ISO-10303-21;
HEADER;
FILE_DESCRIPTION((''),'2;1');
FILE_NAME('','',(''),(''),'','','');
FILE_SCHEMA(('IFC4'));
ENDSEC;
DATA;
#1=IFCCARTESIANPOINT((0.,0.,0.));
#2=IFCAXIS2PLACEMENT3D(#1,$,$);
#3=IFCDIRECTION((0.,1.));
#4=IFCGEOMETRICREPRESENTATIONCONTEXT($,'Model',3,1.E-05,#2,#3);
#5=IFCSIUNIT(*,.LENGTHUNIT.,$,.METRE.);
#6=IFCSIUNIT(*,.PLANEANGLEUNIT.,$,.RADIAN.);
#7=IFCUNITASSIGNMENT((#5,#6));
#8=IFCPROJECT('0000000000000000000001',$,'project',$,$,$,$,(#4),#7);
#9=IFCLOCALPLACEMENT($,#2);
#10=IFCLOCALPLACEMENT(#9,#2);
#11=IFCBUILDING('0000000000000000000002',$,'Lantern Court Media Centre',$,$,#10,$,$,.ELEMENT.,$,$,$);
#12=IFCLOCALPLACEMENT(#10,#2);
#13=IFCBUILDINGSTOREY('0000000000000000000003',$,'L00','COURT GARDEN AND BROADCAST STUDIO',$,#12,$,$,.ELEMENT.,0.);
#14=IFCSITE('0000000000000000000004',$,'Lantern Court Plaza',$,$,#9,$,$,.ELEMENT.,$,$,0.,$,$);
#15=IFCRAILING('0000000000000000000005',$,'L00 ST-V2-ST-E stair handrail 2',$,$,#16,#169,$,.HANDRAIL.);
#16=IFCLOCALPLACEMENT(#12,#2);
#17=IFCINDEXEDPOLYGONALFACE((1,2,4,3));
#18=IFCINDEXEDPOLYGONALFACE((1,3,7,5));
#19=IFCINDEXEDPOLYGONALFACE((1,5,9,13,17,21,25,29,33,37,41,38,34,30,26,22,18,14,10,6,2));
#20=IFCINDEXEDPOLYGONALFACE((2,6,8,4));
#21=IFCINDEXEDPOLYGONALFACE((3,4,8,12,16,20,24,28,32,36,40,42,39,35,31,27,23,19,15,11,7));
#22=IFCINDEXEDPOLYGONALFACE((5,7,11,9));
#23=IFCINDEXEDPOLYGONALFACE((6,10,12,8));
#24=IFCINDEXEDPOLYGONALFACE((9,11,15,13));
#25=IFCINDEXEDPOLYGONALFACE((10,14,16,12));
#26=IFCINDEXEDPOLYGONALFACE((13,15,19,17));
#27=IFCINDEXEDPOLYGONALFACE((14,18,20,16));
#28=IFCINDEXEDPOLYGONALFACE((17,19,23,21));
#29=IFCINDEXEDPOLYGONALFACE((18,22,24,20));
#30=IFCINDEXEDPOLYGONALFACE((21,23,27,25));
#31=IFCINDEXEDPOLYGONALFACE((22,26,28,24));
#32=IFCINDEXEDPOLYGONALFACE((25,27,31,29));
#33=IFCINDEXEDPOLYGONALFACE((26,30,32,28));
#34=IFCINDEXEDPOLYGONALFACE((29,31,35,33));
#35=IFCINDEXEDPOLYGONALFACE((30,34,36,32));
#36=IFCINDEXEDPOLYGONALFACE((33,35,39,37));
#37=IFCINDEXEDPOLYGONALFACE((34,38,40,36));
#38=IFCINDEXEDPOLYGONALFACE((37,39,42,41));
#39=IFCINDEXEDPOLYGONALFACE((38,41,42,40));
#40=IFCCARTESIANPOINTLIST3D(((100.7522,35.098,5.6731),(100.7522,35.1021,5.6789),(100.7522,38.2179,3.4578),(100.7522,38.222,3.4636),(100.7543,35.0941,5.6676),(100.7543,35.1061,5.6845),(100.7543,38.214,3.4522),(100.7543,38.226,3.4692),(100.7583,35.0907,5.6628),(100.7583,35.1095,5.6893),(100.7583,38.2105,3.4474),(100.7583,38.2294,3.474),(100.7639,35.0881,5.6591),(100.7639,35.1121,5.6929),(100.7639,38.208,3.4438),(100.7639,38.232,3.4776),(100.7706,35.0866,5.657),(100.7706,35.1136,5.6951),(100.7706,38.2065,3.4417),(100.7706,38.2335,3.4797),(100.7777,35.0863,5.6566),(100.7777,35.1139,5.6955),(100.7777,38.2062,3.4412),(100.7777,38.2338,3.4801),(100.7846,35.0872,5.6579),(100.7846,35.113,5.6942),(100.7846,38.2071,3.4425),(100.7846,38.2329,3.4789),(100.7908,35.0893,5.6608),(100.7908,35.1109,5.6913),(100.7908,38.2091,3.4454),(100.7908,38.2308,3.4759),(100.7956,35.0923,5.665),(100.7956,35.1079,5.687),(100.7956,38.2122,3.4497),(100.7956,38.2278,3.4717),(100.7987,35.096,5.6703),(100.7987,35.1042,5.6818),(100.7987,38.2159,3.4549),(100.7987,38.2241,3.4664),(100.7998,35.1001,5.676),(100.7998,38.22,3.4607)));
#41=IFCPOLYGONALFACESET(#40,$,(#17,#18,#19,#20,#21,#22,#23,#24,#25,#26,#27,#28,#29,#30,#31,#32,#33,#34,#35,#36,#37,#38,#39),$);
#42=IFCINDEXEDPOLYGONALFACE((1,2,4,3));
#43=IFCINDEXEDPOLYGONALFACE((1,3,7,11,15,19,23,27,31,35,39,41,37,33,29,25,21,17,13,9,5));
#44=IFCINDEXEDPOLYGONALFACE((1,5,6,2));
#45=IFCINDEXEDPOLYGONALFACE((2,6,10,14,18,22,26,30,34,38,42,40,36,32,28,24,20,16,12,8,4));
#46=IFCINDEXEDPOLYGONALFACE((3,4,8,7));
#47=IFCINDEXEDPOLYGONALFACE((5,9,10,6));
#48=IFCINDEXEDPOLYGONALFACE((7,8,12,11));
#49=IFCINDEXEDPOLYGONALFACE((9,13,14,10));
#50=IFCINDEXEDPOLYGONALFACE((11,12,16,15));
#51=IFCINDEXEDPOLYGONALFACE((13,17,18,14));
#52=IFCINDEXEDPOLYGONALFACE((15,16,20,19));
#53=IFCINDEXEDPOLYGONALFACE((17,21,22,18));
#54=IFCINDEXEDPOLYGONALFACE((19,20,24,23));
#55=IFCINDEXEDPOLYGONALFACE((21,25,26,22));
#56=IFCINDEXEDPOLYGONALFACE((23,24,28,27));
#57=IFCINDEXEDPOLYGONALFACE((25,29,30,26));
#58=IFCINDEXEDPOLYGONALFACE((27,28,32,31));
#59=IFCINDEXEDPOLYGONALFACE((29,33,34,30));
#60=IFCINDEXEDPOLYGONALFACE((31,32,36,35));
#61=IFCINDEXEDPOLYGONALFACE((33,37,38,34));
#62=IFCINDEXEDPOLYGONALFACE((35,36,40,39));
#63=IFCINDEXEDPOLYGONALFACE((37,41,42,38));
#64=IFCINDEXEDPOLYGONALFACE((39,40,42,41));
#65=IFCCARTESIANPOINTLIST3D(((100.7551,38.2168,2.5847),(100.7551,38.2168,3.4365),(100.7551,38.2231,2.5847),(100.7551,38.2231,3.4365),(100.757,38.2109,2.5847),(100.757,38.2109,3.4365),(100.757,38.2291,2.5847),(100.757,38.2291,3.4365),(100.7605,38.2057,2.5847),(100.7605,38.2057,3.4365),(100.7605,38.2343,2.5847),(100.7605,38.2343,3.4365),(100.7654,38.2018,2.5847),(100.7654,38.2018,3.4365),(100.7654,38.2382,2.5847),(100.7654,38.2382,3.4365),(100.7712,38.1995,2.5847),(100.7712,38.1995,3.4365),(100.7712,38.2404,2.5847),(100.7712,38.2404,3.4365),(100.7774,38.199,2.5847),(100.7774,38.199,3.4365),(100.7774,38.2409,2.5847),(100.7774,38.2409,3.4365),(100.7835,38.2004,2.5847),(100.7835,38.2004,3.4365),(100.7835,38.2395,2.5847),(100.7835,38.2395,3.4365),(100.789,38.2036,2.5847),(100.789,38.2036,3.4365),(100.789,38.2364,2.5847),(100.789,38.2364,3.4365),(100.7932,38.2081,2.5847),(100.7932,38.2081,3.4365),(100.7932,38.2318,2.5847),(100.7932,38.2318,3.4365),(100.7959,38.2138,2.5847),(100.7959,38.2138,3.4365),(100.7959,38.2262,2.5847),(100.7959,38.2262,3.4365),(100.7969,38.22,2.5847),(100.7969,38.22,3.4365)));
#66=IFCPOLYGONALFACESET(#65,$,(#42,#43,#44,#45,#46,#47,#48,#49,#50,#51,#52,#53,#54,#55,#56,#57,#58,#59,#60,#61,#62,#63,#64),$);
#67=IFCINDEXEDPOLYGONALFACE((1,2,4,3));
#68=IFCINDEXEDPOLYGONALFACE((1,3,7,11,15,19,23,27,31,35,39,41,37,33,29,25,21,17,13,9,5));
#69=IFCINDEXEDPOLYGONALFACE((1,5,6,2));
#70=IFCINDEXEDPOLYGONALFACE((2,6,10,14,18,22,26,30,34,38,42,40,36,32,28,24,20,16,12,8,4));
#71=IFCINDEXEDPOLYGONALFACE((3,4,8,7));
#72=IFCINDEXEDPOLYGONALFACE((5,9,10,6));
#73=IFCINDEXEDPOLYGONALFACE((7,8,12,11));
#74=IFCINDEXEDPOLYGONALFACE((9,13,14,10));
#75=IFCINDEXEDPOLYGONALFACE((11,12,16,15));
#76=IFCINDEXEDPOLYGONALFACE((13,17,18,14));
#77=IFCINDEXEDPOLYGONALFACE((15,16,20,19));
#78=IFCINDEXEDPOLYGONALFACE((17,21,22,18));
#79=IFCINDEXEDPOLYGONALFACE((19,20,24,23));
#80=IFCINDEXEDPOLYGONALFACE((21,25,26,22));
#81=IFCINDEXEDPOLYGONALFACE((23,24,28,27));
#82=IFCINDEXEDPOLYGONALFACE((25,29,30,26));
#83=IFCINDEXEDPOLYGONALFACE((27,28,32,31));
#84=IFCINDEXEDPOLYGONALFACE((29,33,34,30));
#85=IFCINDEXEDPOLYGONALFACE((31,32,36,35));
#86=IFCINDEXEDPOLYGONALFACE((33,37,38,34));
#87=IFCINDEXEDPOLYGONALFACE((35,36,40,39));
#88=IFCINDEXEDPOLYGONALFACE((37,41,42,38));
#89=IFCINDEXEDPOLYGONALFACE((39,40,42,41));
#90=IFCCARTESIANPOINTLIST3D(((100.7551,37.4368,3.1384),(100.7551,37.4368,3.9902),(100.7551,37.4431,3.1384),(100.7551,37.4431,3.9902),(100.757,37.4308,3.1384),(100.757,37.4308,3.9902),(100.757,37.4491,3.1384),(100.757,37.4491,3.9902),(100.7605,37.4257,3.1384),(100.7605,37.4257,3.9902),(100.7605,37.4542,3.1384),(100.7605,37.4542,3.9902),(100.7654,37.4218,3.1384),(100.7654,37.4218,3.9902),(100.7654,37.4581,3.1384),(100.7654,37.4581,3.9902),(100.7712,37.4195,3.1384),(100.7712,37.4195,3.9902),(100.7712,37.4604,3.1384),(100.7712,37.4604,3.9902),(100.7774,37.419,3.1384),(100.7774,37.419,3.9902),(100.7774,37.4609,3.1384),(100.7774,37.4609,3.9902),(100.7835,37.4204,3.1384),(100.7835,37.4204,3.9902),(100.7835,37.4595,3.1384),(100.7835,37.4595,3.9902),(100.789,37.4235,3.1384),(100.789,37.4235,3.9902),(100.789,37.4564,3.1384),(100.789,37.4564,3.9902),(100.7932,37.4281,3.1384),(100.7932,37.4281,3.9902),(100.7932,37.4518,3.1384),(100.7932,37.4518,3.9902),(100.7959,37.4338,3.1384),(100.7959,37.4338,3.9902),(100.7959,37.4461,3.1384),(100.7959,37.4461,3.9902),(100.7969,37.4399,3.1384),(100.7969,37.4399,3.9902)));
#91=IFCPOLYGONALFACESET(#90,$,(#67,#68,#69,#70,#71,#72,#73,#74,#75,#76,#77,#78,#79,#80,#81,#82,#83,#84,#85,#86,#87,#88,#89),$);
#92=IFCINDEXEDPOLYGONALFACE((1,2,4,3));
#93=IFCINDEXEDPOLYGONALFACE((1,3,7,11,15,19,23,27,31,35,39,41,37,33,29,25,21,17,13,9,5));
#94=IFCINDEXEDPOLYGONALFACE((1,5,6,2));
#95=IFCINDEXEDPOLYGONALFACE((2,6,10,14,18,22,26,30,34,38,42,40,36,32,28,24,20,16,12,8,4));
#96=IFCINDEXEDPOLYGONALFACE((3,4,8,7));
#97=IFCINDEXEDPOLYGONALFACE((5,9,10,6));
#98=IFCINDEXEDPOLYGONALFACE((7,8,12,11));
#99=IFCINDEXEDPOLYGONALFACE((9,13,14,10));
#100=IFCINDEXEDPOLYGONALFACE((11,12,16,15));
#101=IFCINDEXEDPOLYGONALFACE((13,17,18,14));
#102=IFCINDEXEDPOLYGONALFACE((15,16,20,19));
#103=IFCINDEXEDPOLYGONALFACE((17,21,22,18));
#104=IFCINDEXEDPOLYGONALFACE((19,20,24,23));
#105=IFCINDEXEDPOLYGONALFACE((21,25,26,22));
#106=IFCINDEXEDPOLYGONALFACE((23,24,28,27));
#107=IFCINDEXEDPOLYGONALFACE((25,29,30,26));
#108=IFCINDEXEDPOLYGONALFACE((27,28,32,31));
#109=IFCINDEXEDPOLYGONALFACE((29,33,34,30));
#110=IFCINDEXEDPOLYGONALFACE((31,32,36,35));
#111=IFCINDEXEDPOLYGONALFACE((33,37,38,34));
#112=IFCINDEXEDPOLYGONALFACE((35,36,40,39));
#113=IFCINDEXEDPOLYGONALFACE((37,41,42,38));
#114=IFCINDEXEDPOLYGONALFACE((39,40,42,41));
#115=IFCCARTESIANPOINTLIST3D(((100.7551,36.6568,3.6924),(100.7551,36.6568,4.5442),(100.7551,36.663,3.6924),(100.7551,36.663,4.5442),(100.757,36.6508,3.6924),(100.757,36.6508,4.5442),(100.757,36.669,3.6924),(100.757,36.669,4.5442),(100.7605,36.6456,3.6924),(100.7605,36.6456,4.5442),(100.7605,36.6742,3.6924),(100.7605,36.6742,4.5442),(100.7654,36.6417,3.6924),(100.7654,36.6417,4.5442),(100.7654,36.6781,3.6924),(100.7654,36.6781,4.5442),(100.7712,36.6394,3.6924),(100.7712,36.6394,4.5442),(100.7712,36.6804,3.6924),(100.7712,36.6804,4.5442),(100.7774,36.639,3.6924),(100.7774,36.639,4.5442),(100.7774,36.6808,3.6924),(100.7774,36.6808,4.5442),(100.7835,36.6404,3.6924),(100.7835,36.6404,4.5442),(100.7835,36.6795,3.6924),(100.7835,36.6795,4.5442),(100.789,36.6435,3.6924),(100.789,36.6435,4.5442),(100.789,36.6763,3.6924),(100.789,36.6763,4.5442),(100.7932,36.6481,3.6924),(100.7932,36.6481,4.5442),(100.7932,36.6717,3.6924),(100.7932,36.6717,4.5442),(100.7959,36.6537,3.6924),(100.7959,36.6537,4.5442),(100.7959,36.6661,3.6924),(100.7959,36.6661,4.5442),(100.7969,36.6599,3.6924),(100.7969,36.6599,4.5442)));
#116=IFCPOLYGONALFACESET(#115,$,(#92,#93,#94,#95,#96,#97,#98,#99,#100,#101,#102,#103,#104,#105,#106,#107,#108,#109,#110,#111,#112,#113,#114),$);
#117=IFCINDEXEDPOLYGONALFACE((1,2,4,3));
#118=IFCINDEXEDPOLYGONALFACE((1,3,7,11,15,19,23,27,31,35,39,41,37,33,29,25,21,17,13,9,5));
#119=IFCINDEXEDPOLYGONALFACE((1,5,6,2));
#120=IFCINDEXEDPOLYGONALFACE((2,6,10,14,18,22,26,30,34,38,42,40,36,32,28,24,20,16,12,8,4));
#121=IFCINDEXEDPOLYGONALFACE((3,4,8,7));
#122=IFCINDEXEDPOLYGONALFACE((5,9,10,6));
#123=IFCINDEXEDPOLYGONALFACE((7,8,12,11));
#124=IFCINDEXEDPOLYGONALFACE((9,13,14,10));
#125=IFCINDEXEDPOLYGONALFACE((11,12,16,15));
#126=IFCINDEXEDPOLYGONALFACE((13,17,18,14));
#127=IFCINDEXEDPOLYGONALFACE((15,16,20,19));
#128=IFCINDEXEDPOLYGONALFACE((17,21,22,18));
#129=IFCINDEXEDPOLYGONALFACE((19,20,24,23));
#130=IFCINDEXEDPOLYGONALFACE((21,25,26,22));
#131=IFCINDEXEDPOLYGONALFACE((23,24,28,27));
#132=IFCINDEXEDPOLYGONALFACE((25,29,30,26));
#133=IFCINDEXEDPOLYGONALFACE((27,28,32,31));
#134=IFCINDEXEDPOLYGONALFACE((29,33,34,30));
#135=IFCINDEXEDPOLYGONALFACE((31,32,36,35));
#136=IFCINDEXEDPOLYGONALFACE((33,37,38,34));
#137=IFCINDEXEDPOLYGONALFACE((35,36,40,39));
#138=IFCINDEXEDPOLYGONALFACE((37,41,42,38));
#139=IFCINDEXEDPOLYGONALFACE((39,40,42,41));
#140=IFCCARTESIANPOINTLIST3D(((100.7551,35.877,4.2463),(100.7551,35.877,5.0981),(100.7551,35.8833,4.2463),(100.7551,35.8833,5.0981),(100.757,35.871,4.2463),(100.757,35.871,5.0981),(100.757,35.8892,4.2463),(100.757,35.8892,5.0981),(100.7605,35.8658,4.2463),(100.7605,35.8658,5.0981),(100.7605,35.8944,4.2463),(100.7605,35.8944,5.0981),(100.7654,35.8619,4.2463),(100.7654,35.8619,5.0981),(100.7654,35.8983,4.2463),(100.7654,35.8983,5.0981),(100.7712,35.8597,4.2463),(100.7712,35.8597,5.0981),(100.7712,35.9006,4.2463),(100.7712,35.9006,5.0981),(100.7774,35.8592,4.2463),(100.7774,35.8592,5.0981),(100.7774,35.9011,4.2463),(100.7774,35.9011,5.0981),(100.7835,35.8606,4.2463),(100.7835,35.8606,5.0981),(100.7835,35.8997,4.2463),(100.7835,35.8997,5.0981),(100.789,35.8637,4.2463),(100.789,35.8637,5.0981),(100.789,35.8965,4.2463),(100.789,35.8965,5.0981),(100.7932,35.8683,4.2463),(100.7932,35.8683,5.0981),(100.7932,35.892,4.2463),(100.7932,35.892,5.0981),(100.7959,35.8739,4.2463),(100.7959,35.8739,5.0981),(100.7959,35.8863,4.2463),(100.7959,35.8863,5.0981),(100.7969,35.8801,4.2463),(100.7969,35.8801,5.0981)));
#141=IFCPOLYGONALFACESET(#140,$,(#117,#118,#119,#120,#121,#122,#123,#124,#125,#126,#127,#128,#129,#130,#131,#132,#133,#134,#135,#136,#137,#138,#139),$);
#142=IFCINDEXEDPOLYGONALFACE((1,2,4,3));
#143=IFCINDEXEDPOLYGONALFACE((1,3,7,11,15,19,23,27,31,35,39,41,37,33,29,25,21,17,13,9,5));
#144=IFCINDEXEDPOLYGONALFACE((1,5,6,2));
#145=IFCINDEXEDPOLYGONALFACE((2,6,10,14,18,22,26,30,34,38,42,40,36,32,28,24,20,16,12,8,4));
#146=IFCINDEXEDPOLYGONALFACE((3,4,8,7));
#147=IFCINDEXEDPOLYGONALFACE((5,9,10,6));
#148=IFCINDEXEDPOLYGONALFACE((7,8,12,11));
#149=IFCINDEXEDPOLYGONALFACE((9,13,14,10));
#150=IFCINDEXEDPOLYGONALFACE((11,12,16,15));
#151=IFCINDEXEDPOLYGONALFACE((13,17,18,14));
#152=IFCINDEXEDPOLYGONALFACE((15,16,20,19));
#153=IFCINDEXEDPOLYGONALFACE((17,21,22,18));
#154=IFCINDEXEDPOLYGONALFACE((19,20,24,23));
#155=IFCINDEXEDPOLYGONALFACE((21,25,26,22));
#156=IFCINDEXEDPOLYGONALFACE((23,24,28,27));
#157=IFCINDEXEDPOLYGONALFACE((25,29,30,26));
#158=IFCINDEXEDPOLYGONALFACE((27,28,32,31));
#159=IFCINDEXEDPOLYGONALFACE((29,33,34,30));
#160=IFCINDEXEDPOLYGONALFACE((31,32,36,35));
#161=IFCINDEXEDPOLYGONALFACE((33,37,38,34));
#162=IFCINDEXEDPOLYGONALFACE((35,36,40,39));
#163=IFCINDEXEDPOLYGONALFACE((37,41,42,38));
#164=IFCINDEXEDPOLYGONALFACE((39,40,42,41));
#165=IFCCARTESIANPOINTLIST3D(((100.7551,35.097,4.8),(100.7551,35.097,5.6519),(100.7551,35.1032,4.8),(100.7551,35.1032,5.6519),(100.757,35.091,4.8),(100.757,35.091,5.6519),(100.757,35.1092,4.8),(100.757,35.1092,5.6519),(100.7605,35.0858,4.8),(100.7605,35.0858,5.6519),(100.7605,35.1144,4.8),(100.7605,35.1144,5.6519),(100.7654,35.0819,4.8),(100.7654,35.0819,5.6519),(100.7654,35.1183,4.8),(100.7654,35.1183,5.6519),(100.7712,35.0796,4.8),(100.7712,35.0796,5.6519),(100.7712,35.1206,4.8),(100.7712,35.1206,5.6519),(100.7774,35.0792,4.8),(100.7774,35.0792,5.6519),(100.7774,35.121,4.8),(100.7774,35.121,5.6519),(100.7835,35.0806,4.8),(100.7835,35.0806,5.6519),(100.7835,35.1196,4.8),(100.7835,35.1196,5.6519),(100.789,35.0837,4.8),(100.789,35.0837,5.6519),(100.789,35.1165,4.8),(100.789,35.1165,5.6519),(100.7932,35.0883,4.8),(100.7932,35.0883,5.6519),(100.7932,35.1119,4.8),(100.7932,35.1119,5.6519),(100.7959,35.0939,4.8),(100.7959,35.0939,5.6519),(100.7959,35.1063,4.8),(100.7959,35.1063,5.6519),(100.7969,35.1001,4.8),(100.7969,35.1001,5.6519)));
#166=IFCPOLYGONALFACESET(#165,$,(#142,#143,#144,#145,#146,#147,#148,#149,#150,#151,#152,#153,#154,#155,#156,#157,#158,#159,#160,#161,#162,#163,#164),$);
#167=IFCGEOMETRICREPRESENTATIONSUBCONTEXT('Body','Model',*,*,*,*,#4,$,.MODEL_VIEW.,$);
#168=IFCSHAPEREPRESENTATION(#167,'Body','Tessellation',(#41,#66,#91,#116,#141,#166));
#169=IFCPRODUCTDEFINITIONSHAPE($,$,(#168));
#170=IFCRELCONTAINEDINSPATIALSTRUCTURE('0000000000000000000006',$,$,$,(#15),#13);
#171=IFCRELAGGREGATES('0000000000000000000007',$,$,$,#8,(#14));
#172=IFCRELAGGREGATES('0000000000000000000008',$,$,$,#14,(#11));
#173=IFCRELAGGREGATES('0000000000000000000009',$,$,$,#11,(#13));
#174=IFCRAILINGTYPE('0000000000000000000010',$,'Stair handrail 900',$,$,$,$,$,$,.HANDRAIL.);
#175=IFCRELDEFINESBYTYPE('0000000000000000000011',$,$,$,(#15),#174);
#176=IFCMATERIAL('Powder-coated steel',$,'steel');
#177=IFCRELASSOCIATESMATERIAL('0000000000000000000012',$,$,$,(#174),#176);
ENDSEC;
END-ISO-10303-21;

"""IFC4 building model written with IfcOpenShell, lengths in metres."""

from ifc_helpers import new_model, si_unit, direction, frame, origin, origin_2d, place, context, subcontext, project, spatial, circle, extrude, material, type_object, element, save


model = new_model("IFC4")

# Units and contexts
model_context = context("Model", 3, precision=1e-05, world=origin(), true_north=direction((0.0, 1.0)))
body_context = subcontext(model_context, "Body", "Model", "MODEL_VIEW")
ifc_project = project(units=[si_unit("LENGTHUNIT", "METRE"), si_unit("PLANEANGLEUNIT", "RADIAN")], contexts=[model_context])

# Site, building, storey
site_placement = place(None, origin())
site = spatial("IfcSite", under=ifc_project, at=site_placement, Name="Lantern Court Plaza", CompositionType="ELEMENT", RefElevation=0.0)
building_placement = place(site_placement, origin())
building = spatial("IfcBuilding", under=site, at=building_placement, Name="Lantern Court Media Centre", CompositionType="ELEMENT")
storey_placement = place(building_placement, origin())
storey = spatial("IfcBuildingStorey", under=building, at=storey_placement, Name="L00", Description="COURT GARDEN AND BROADCAST STUDIO", CompositionType="ELEMENT", Elevation=0.0)

# Railing
ifc_material_1 = material(Name="Powder-coated steel", Category="steel")
railing_type_1 = type_object("IfcRailingType", Name="Stair handrail 900", PredefinedType="HANDRAIL", material=ifc_material_1)
railing_1_placement = place(storey_placement, frame((100.7759, 38.22, 2.5847)))
element("IfcRailing", 1, at=railing_1_placement, inside=storey, type_object=railing_type_1, Name="L00 ST-V2-ST-E stair handrail 2", PredefinedType="HANDRAIL", context=body_context, shape_type="SweptSolid", body=[
    extrude(circle(Radius=0.0239, at=origin_2d()), frame((0.0, 0.0, 0.876), z_axis=(0.0, -0.815356, 0.578961), x_axis=(1.0, 0.0, 0.0)), (0.0, 0.0, 1.0), 3.8264),
    extrude(circle(Radius=0.021, at=origin_2d()), origin(), (0.0, 0.0, 1.0), 0.8518),
    extrude(circle(Radius=0.021, at=origin_2d()), frame((0.0, -0.78, 0.5537)), (0.0, 0.0, 1.0), 0.8518),
    extrude(circle(Radius=0.021, at=origin_2d()), frame((0.0, -1.5601, 1.1077)), (0.0, 0.0, 1.0), 0.8518),
    extrude(circle(Radius=0.021, at=origin_2d()), frame((0.0, -2.3398, 1.6616)), (0.0, 0.0, 1.0), 0.8518),
    extrude(circle(Radius=0.021, at=origin_2d()), frame((0.0, -3.1199, 2.2153)), (0.0, 0.0, 1.0), 0.8518),
])

save(model, "model.ifc")
